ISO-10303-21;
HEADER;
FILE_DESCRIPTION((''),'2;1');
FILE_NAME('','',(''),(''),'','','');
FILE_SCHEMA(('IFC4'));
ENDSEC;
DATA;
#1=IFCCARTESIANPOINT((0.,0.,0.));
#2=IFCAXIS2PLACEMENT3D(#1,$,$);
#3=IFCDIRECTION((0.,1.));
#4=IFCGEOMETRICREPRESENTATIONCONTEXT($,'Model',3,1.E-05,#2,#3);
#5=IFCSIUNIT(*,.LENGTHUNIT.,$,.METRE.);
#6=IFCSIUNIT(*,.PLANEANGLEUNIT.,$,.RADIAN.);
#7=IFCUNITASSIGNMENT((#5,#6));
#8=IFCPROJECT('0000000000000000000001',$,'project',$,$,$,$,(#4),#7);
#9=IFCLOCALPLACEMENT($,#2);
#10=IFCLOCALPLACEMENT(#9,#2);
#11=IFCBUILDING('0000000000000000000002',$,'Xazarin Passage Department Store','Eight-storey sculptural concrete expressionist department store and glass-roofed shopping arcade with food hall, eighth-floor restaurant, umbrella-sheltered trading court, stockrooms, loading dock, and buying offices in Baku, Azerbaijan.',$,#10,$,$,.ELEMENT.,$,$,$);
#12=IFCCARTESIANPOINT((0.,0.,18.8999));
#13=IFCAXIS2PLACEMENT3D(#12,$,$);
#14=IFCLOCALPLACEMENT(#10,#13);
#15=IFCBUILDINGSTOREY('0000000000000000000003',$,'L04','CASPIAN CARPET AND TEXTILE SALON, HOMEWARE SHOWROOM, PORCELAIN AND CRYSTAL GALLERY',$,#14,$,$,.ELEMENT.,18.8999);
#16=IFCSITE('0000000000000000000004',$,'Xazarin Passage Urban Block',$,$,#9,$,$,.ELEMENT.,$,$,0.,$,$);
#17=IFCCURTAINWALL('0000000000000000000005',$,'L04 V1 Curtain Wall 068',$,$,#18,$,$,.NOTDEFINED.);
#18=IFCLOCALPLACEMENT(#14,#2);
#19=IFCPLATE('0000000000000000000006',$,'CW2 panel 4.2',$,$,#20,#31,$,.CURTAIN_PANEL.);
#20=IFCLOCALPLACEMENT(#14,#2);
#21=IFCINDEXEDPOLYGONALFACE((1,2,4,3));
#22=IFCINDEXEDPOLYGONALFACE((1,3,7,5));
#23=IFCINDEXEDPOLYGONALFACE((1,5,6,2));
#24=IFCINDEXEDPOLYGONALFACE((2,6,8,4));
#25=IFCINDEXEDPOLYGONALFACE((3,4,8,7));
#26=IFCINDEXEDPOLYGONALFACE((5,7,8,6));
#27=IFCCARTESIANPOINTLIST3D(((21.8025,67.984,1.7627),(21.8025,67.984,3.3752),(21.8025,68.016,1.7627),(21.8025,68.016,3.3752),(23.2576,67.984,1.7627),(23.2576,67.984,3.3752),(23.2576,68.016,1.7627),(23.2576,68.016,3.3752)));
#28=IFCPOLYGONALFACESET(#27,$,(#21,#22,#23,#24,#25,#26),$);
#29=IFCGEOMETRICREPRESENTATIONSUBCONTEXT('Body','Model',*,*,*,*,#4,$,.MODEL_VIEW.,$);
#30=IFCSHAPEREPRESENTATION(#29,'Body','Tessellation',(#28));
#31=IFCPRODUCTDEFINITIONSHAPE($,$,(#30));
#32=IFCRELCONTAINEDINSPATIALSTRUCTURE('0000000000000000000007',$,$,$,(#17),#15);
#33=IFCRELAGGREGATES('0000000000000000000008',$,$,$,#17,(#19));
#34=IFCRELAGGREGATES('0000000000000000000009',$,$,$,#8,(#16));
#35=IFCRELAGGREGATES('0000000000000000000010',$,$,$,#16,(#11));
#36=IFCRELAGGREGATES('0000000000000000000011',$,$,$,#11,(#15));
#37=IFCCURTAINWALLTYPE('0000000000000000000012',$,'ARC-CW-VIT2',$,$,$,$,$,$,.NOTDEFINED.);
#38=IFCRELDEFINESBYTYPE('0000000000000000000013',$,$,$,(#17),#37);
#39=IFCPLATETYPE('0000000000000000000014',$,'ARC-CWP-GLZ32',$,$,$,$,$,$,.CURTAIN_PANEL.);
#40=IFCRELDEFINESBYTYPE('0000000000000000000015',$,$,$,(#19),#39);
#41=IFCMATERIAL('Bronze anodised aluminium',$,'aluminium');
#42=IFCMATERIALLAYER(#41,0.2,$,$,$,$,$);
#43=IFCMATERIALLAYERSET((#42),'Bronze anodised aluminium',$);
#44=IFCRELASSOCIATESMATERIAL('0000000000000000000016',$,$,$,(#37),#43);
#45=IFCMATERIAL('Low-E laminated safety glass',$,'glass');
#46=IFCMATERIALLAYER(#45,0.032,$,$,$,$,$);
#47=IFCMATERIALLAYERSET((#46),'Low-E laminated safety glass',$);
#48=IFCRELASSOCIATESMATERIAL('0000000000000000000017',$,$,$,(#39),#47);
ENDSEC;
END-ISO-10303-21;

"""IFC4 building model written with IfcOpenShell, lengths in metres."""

from ifc_helpers import new_model, si_unit, direction, frame, origin, origin_2d, place, context, subcontext, project, spatial, rectangle, extrude, material, layer, layer_set, type_object, element, aggregate, save


model = new_model("IFC4")

# Units and contexts
model_context = context("Model", 3, precision=1e-05, world=origin(), true_north=direction((0.0, 1.0)))
body_context = subcontext(model_context, "Body", "Model", "MODEL_VIEW")
ifc_project = project(units=[si_unit("LENGTHUNIT", "METRE"), si_unit("PLANEANGLEUNIT", "RADIAN")], contexts=[model_context])

# Site, building, storey
site_placement = place(None, origin())
site = spatial("IfcSite", under=ifc_project, at=site_placement, Name="Xazarin Passage Urban Block", CompositionType="ELEMENT", RefElevation=0.0)
building_placement = place(site_placement, origin())
building = spatial("IfcBuilding", under=site, at=building_placement, Name="Xazarin Passage Department Store", Description="Eight-storey sculptural concrete expressionist department store and glass-roofed shopping arcade with food hall, eighth-floor restaurant, umbrella-sheltered trading court, stockrooms, loading dock, and buying offices in Baku, Azerbaijan.", CompositionType="ELEMENT")
storey_placement = place(building_placement, frame((0.0, 0.0, 18.8999)))
storey = spatial("IfcBuildingStorey", under=building, at=storey_placement, Name="L04", Description="CASPIAN CARPET AND TEXTILE SALON, HOMEWARE SHOWROOM, PORCELAIN AND CRYSTAL GALLERY", CompositionType="ELEMENT", Elevation=18.8999)

# Curtain wall
ifc_material_1 = material(Name="Bronze anodised aluminium", Category="aluminium")
ifc_layer_1 = layer(ifc_material_1, 0.2)
ifc_layer_set_1 = layer_set([ifc_layer_1], Name="Bronze anodised aluminium")
curtain_wall_type = type_object("IfcCurtainWallType", Name="ARC-CW-VIT2", PredefinedType="NOTDEFINED", material=ifc_layer_set_1)
curtain_wall_placement = place(storey_placement, origin())
curtain_wall = element("IfcCurtainWall", 1, at=curtain_wall_placement, inside=storey, type_object=curtain_wall_type, Name="L04 V1 Curtain Wall 068", PredefinedType="NOTDEFINED")

# Plate
ifc_material_2 = material(Name="Low-E laminated safety glass", Category="glass")
ifc_layer_2 = layer(ifc_material_2, 0.032)
ifc_layer_set_2 = layer_set([ifc_layer_2], Name="Low-E laminated safety glass")
plate_type = type_object("IfcPlateType", Name="ARC-CWP-GLZ32", PredefinedType="CURTAIN_PANEL", material=ifc_layer_set_2)
plate_1_placement = place(storey_placement, frame((22.53, 68.0, 1.7627), z_axis=(0.0, 0.0, 1.0), x_axis=(1.0, 0.0, 0.0)))
plate_1 = element("IfcPlate", 2, at=plate_1_placement, type_object=plate_type, Name="CW2 panel 4.2", PredefinedType="CURTAIN_PANEL", context=body_context, shape_type="SweptSolid", body=[
    extrude(rectangle(XDim=1.4551, YDim=0.032, at=origin_2d()), origin(), (0.0, 0.0, 1.0), 1.6125),
])
aggregate(curtain_wall, [plate_1])

save(model, "model.ifc")
